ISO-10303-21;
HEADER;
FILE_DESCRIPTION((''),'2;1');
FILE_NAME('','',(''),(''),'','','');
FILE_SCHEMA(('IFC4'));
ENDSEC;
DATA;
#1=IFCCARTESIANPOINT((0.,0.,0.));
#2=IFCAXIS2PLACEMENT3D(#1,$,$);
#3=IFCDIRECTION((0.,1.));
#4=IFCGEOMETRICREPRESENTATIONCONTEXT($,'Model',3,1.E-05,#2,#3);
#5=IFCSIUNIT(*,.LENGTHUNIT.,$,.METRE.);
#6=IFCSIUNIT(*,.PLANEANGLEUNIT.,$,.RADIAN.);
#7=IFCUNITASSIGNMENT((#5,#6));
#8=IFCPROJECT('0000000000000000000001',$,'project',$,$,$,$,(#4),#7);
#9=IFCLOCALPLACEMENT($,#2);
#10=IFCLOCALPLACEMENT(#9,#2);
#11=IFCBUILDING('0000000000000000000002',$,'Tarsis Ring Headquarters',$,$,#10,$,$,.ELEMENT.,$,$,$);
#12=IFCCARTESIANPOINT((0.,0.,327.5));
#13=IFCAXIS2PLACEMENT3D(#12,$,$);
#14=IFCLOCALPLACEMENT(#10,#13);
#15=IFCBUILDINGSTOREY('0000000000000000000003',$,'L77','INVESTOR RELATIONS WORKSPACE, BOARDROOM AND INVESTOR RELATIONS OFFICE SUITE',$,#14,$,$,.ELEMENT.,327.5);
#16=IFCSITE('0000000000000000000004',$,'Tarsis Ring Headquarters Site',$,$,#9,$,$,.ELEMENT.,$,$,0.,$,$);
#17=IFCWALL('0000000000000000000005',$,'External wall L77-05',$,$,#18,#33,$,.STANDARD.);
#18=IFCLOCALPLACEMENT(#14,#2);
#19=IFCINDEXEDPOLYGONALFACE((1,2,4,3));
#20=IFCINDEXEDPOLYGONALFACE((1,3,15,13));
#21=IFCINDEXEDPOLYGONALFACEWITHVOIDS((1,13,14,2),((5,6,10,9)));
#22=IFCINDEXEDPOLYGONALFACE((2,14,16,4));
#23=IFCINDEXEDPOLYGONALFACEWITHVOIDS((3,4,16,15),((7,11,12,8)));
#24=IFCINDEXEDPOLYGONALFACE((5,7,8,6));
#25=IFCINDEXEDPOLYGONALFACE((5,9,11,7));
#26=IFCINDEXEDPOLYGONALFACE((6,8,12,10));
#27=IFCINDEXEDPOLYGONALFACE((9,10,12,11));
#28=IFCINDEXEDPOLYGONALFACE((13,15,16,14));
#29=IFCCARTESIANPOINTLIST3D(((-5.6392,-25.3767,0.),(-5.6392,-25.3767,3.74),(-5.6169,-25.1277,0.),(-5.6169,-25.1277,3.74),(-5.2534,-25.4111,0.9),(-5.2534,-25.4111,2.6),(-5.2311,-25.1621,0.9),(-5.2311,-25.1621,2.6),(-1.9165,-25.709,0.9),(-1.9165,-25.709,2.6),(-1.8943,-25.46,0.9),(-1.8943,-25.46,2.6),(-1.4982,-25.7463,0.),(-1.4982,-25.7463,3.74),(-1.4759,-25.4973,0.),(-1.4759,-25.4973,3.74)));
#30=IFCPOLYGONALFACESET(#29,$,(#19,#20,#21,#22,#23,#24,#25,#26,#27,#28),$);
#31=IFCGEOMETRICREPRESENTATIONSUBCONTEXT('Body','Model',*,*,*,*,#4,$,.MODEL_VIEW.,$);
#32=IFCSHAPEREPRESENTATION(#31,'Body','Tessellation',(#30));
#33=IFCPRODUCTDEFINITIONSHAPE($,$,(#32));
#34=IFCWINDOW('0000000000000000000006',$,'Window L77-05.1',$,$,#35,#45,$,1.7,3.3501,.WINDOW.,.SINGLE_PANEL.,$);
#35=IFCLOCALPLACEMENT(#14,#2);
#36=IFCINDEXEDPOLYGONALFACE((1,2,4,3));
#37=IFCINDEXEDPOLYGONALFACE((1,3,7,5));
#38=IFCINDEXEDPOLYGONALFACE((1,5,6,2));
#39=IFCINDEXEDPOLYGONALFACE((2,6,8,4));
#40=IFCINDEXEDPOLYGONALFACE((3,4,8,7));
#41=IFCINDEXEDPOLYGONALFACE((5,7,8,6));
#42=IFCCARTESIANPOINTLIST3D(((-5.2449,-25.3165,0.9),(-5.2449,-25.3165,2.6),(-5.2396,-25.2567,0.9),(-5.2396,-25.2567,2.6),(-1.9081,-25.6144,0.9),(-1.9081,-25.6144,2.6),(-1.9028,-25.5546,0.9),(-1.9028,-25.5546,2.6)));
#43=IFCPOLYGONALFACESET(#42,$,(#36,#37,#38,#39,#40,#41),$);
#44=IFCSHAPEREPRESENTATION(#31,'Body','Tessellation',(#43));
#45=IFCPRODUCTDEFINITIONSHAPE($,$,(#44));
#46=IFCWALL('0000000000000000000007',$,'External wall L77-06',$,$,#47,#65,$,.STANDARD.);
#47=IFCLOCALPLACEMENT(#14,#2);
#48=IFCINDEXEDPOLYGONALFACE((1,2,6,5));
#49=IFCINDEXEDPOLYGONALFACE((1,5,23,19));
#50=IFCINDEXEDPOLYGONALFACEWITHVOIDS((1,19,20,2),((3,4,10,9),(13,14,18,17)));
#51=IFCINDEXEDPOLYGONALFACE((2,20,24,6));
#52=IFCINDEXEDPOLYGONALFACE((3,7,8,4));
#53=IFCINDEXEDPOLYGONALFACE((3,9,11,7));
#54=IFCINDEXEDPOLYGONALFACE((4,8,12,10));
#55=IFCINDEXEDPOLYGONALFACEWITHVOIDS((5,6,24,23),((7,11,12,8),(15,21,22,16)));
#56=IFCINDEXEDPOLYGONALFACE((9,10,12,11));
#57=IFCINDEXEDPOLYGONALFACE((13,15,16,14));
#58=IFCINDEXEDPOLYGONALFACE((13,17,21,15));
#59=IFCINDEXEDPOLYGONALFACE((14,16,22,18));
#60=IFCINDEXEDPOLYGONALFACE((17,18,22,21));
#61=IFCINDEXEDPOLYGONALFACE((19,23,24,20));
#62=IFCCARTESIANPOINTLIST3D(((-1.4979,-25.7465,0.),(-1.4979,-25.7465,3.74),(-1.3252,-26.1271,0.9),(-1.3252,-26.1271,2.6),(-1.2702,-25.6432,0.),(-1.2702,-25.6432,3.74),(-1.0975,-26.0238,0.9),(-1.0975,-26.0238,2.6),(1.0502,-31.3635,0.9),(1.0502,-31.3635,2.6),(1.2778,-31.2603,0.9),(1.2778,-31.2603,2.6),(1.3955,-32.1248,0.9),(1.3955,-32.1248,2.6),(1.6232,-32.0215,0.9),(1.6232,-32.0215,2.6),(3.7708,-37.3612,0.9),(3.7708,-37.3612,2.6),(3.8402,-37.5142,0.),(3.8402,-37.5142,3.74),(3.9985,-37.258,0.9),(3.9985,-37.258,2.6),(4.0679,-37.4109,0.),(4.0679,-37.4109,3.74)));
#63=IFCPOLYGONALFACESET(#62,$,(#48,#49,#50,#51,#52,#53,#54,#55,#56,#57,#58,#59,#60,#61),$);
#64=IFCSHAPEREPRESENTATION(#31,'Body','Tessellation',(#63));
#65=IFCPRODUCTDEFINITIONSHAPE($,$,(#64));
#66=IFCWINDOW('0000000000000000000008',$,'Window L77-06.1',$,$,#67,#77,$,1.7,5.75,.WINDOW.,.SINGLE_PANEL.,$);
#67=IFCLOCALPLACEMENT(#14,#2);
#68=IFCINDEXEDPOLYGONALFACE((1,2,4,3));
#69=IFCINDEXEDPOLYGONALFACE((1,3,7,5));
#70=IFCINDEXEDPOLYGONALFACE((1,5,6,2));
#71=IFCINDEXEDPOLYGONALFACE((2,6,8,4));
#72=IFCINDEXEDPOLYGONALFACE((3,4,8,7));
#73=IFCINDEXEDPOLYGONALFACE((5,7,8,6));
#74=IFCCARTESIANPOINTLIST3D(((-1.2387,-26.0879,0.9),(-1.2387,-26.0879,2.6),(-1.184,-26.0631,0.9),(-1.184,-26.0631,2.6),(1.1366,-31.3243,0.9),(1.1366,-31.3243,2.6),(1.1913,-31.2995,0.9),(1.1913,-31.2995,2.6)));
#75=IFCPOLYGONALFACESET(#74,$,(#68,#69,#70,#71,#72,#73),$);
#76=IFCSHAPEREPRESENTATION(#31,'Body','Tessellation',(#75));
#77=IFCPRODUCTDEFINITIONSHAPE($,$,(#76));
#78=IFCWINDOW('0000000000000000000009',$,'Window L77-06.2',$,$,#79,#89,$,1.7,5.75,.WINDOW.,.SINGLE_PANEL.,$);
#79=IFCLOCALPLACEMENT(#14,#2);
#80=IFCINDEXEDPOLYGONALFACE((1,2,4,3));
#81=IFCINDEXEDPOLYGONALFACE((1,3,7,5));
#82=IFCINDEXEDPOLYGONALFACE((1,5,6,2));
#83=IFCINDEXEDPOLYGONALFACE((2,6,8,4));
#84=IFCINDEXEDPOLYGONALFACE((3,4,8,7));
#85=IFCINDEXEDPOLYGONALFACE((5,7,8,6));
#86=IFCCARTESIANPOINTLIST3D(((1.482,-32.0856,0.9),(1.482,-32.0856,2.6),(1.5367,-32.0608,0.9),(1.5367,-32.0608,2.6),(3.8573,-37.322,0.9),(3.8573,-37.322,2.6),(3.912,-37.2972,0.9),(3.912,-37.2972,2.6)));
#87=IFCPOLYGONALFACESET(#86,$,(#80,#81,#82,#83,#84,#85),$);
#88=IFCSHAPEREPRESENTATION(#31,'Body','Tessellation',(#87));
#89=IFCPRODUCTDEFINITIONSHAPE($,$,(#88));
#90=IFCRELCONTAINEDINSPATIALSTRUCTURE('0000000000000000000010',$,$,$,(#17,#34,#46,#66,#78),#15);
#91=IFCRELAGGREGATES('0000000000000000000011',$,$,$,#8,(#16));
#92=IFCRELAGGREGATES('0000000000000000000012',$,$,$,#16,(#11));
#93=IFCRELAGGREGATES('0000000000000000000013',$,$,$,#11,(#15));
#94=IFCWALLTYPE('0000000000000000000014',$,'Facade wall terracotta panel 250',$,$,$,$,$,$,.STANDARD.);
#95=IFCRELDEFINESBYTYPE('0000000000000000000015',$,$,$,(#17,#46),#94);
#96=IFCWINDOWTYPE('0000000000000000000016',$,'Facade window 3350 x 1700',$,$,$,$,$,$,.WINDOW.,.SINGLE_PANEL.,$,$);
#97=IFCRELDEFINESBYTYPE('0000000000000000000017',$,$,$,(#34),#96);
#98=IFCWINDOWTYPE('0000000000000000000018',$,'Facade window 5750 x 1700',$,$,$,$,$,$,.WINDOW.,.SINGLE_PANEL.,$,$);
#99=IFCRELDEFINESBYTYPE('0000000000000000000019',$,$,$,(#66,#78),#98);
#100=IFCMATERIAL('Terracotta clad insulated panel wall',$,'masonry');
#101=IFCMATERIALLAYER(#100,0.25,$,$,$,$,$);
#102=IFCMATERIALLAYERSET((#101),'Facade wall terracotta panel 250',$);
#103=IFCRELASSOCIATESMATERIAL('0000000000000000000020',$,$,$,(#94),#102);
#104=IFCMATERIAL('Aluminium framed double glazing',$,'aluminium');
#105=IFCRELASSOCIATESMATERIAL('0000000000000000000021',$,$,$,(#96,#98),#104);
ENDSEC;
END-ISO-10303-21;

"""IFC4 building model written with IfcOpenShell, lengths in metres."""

from ifc_helpers import new_model, si_unit, direction, frame, frame_2d, origin, place, context, subcontext, project, spatial, rectangle, extrude, material, layer, layer_set, type_object, element, fill, save


model = new_model("IFC4")

# Units and contexts
model_context = context("Model", 3, precision=1e-05, world=origin(), true_north=direction((0.0, 1.0)))
body_context = subcontext(model_context, "Body", "Model", "MODEL_VIEW")
ifc_project = project(units=[si_unit("LENGTHUNIT", "METRE"), si_unit("PLANEANGLEUNIT", "RADIAN")], contexts=[model_context])

# Site, building, storey
site_placement = place(None, origin())
site = spatial("IfcSite", under=ifc_project, at=site_placement, Name="Tarsis Ring Headquarters Site", CompositionType="ELEMENT", RefElevation=0.0)
building_placement = place(site_placement, origin())
building = spatial("IfcBuilding", under=site, at=building_placement, Name="Tarsis Ring Headquarters", CompositionType="ELEMENT")
storey_placement = place(building_placement, frame((0.0, 0.0, 327.5)))
storey = spatial("IfcBuildingStorey", under=building, at=storey_placement, Name="L77", Description="INVESTOR RELATIONS WORKSPACE, BOARDROOM AND INVESTOR RELATIONS OFFICE SUITE", CompositionType="ELEMENT", Elevation=327.5)

# Wall, opening, window
ifc_material_1 = material(Name="Terracotta clad insulated panel wall", Category="masonry")
ifc_layer_1 = layer(ifc_material_1, 0.25)
ifc_layer_set_1 = layer_set([ifc_layer_1], Name="Facade wall terracotta panel 250")
wall_type_1 = type_object("IfcWallType", Name="Facade wall terracotta panel 250", PredefinedType="STANDARD", material=ifc_layer_set_1)
ifc_material_2 = material(Name="Aluminium framed double glazing", Category="aluminium")
wall_1_placement = place(storey_placement, frame((-5.6279, -25.2522, 0.0), z_axis=(0.0, 0.0, 1.0), x_axis=(0.99604, -0.088905, 0.0)))
wall_1 = element("IfcWall", 1, at=wall_1_placement, inside=storey, type_object=wall_type_1, Name="External wall L77-05", PredefinedType="STANDARD", context=body_context, shape_type="SweptSolid", body=[
    extrude(rectangle(XDim=4.1575, YDim=0.25, at=frame_2d((2.0786, 0.0))), origin(), (0.0, 0.0, 1.0), 3.74),
])
opening_1_placement = place(wall_1_placement, frame((0.3872, 0.0, 0.8999)))
opening_1 = element("IfcOpeningElement", 2, at=opening_1_placement, cuts=wall_1, PredefinedType="OPENING", context=body_context, shape_type="SweptSolid", body=[
    extrude(rectangle(XDim=3.3501, YDim=1.7, at=frame_2d((1.675, 0.8501))), frame((0.0, 0.135, 0.0), z_axis=(0.0, -1.0, 0.0), x_axis=(1.0, 0.0, 0.0)), (0.0, 0.0, 1.0), 0.27),
])
window_type_1 = type_object("IfcWindowType", Name="Facade window 3350 x 1700", PartitioningType="SINGLE_PANEL", PredefinedType="WINDOW", material=ifc_material_2)
window_1_placement = place(opening_1_placement, origin())
window_1 = element("IfcWindow", 3, at=window_1_placement, inside=storey, type_object=window_type_1, Name="Window L77-05.1", OverallHeight=1.7, OverallWidth=3.3501, PartitioningType="SINGLE_PANEL", PredefinedType="WINDOW", context=body_context, shape_type="SweptSolid", body=[
    extrude(rectangle(XDim=3.3501, YDim=1.7, at=frame_2d((1.675, 0.8501))), frame((0.0, 0.03, 0.0), z_axis=(0.0, -1.0, 0.0), x_axis=(1.0, 0.0, 0.0)), (0.0, 0.0, 1.0), 0.0601),
])
fill(opening_1, window_1)

# Wall, openings, windows
wall_2_placement = place(storey_placement, frame((-1.384, -25.6948, 0.0), z_axis=(0.0, 0.0, 1.0), x_axis=(0.413105, -0.910683, 0.0)))
wall_2 = element("IfcWall", 4, at=wall_2_placement, inside=storey, type_object=wall_type_1, Name="External wall L77-06", PredefinedType="STANDARD", context=body_context, shape_type="SweptSolid", body=[
    extrude(rectangle(XDim=12.9219, YDim=0.25, at=frame_2d((6.4609, 0.0))), origin(), (0.0, 0.0, 1.0), 3.74),
])
opening_2_placement = place(wall_2_placement, frame((0.418, 0.0, 0.8999)))
opening_2 = element("IfcOpeningElement", 5, at=opening_2_placement, cuts=wall_2, PredefinedType="OPENING", context=body_context, shape_type="SweptSolid", body=[
    extrude(rectangle(XDim=5.75, YDim=1.7, at=frame_2d((2.875, 0.8501))), frame((0.0, 0.135, 0.0), z_axis=(0.0, -1.0, 0.0), x_axis=(1.0, 0.0, 0.0)), (0.0, 0.0, 1.0), 0.27),
])
opening_3_placement = place(wall_2_placement, frame((7.0039, 0.0, 0.8999)))
opening_3 = element("IfcOpeningElement", 6, at=opening_3_placement, cuts=wall_2, PredefinedType="OPENING", context=body_context, shape_type="SweptSolid", body=[
    extrude(rectangle(XDim=5.75, YDim=1.7, at=frame_2d((2.875, 0.8501))), frame((0.0, 0.135, 0.0), z_axis=(0.0, -1.0, 0.0), x_axis=(1.0, 0.0, 0.0)), (0.0, 0.0, 1.0), 0.27),
])
window_type_2 = type_object("IfcWindowType", Name="Facade window 5750 x 1700", PartitioningType="SINGLE_PANEL", PredefinedType="WINDOW", material=ifc_material_2)
window_2_placement = place(opening_2_placement, origin())
window_2 = element("IfcWindow", 7, at=window_2_placement, inside=storey, type_object=window_type_2, Name="Window L77-06.1", OverallHeight=1.7, OverallWidth=5.75, PartitioningType="SINGLE_PANEL", PredefinedType="WINDOW", context=body_context, shape_type="SweptSolid", body=[
    extrude(rectangle(XDim=5.75, YDim=1.7, at=frame_2d((2.875, 0.8501))), frame((0.0, 0.03, 0.0), z_axis=(0.0, -1.0, 0.0), x_axis=(1.0, 0.0, 0.0)), (0.0, 0.0, 1.0), 0.0601),
])
fill(opening_2, window_2)
window_3_placement = place(opening_3_placement, origin())
window_3 = element("IfcWindow", 8, at=window_3_placement, inside=storey, type_object=window_type_2, Name="Window L77-06.2", OverallHeight=1.7, OverallWidth=5.75, PartitioningType="SINGLE_PANEL", PredefinedType="WINDOW", context=body_context, shape_type="SweptSolid", body=[
    extrude(rectangle(XDim=5.75, YDim=1.7, at=frame_2d((2.875, 0.8501))), frame((0.0, 0.03, 0.0), z_axis=(0.0, -1.0, 0.0), x_axis=(1.0, 0.0, 0.0)), (0.0, 0.0, 1.0), 0.0601),
])
fill(opening_3, window_3)

save(model, "model.ifc")
